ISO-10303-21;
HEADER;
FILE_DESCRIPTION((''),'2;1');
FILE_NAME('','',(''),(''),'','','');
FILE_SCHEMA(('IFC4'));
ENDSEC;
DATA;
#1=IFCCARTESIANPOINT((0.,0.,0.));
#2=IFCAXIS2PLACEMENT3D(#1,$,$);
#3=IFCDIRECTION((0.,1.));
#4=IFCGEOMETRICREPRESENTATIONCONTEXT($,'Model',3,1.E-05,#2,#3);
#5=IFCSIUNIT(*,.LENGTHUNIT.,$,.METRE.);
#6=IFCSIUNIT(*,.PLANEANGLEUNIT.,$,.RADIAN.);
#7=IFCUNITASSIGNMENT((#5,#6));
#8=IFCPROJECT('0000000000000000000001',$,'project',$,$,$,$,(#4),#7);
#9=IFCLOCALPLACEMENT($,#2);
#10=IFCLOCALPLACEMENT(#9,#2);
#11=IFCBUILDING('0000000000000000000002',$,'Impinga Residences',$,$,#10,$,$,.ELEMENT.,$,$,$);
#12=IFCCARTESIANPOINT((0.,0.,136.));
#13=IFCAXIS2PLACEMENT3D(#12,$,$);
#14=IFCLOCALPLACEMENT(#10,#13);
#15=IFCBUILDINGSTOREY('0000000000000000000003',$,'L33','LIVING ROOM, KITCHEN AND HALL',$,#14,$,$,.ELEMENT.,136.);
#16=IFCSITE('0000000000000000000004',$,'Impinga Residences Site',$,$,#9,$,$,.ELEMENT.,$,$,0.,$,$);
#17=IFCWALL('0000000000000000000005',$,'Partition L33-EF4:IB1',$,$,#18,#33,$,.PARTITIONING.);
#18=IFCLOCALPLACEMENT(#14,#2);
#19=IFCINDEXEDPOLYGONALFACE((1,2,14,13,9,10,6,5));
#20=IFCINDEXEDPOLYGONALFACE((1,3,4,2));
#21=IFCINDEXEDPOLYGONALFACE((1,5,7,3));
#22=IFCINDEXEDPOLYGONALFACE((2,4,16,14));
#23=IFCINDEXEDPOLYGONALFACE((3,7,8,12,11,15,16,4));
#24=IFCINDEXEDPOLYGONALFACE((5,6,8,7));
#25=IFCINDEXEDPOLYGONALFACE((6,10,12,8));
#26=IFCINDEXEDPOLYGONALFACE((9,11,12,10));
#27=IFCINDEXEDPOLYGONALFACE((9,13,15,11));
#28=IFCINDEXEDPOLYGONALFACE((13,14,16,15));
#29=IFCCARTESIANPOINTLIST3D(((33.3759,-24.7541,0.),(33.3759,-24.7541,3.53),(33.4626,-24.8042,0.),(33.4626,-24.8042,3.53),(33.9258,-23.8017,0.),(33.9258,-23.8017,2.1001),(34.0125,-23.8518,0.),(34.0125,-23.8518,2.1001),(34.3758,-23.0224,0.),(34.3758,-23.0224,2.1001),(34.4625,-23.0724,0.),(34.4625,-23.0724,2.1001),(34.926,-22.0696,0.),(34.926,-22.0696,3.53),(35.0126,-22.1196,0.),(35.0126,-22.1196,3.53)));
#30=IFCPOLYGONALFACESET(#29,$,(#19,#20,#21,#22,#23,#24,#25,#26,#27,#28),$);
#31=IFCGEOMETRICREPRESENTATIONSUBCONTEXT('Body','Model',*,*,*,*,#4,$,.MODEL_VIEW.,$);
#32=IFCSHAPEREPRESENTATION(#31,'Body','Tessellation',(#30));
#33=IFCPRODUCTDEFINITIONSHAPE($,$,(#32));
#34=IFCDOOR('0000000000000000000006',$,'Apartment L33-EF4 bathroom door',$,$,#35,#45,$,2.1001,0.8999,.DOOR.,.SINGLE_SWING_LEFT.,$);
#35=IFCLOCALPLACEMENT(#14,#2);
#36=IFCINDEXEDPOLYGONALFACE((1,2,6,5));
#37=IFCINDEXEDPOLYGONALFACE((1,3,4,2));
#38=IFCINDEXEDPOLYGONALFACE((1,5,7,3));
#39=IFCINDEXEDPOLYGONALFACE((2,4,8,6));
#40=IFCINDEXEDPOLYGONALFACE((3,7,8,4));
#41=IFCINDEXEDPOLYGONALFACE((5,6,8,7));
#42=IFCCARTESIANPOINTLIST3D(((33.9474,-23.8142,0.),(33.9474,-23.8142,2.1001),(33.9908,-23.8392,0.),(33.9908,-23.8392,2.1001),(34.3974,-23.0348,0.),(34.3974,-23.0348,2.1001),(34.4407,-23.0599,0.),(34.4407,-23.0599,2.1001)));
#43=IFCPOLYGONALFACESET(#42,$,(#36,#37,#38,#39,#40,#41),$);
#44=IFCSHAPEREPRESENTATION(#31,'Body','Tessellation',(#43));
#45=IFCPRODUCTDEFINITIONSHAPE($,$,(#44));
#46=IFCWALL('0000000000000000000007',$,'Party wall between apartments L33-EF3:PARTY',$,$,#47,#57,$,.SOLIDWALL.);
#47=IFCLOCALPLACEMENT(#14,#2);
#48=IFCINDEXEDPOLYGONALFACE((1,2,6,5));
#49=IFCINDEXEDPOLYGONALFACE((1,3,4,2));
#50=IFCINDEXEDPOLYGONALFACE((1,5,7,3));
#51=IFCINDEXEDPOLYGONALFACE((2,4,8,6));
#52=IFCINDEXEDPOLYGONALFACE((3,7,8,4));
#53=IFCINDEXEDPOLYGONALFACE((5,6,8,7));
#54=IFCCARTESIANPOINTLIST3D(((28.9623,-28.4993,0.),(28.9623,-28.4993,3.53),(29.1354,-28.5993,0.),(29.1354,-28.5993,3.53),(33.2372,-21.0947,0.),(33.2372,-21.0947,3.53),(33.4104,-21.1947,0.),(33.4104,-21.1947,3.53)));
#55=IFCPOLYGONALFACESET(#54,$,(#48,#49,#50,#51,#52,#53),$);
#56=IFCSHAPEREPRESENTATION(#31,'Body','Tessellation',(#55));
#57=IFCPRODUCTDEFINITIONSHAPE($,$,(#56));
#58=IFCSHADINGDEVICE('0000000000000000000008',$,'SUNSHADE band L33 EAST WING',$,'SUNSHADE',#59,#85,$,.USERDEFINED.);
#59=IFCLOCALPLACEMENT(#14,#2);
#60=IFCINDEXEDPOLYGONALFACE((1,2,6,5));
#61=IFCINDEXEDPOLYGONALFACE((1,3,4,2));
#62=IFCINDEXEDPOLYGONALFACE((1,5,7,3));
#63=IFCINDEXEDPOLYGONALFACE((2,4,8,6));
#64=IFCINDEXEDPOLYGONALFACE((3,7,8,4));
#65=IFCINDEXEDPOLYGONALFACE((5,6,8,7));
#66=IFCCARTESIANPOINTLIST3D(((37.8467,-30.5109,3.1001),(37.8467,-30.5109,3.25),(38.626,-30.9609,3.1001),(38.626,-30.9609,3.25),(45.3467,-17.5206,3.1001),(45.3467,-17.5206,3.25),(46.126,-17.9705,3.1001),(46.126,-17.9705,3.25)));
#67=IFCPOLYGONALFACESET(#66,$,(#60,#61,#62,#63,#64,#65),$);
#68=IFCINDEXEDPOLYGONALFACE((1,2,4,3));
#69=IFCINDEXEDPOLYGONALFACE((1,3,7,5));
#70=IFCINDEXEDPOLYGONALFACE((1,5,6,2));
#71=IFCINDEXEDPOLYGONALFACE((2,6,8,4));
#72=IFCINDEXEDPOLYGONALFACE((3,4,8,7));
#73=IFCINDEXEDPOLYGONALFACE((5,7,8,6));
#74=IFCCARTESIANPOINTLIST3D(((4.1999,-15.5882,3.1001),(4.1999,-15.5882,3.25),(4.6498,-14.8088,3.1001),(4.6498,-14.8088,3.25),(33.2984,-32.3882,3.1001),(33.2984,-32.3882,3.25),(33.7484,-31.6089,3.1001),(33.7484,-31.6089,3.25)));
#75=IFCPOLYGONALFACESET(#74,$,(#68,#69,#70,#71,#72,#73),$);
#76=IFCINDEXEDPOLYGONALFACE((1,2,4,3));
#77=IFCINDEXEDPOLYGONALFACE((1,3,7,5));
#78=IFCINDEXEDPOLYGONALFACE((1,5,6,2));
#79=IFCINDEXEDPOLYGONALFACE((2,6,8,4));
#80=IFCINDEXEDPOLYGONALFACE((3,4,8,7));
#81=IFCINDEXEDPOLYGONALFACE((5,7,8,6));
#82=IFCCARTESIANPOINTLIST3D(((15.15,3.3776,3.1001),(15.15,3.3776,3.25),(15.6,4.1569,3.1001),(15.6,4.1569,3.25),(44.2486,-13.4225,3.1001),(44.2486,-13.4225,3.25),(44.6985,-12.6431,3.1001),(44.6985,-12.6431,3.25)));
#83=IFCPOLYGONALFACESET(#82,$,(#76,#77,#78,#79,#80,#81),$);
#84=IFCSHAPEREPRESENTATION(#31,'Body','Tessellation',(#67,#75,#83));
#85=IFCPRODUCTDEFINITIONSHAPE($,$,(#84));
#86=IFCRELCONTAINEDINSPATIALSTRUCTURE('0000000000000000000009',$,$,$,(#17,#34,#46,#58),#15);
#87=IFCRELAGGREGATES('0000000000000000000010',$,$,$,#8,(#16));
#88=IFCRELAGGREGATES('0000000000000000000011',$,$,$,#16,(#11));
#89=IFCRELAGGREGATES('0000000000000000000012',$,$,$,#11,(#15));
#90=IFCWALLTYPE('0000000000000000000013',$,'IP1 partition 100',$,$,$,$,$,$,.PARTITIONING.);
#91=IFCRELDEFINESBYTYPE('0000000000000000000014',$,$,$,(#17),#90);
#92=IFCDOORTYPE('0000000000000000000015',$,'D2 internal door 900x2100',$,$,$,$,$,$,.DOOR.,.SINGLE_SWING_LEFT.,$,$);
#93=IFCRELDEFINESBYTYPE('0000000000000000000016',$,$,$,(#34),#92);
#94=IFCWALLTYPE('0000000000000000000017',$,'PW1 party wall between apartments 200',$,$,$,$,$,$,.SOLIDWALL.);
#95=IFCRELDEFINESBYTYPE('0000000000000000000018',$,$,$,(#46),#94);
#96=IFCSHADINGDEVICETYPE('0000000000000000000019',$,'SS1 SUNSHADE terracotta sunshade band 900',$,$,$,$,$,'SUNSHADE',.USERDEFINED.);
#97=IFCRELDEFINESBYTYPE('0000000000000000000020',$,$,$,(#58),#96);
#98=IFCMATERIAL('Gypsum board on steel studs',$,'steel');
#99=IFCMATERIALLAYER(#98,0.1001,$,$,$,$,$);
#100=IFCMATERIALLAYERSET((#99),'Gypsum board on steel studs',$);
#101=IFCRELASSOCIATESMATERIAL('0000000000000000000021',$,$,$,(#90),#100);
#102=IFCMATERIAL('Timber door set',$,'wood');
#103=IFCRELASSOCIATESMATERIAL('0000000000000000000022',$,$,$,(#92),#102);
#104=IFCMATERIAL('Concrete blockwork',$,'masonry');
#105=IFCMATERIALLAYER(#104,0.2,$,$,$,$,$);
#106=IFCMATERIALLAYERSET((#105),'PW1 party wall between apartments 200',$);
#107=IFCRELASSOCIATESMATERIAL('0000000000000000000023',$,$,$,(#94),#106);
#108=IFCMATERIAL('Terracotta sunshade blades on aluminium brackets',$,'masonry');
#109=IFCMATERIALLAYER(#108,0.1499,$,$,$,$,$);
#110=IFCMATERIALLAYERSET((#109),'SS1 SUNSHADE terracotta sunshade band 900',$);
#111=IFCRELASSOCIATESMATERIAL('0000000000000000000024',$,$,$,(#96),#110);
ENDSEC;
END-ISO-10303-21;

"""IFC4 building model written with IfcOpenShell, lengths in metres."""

from ifc_helpers import new_model, si_unit, direction, frame, frame_2d, origin, origin_2d, place, context, subcontext, project, spatial, rectangle, extrude, material, layer, layer_set, type_object, element, fill, save


model = new_model("IFC4")

# Units and contexts
model_context = context("Model", 3, precision=1e-05, world=origin(), true_north=direction((0.0, 1.0)))
body_context = subcontext(model_context, "Body", "Model", "MODEL_VIEW")
ifc_project = project(units=[si_unit("LENGTHUNIT", "METRE"), si_unit("PLANEANGLEUNIT", "RADIAN")], contexts=[model_context])

# Site, building, storey
site_placement = place(None, origin())
site = spatial("IfcSite", under=ifc_project, at=site_placement, Name="Impinga Residences Site", CompositionType="ELEMENT", RefElevation=0.0)
building_placement = place(site_placement, origin())
building = spatial("IfcBuilding", under=site, at=building_placement, Name="Impinga Residences", CompositionType="ELEMENT")
storey_placement = place(building_placement, frame((0.0, 0.0, 136.0)))
storey = spatial("IfcBuildingStorey", under=building, at=storey_placement, Name="L33", Description="LIVING ROOM, KITCHEN AND HALL", CompositionType="ELEMENT", Elevation=136.0)

# Shared definitions
ifc_material_1 = material(Name="Gypsum board on steel studs", Category="steel")
ifc_layer_1 = layer(ifc_material_1, 0.1001)
ifc_layer_set_1 = layer_set([ifc_layer_1], Name="Gypsum board on steel studs")
wall_type_1 = type_object("IfcWallType", Name="IP1 partition 100", PredefinedType="PARTITIONING", material=ifc_layer_set_1)

# Shared definitions
ifc_material_2 = material(Name="Timber door set", Category="wood")
door_type = type_object("IfcDoorType", Name="D2 internal door 900x2100", OperationType="SINGLE_SWING_LEFT", PredefinedType="DOOR", material=ifc_material_2)

# Wall, opening, door
wall_1_placement = place(storey_placement, frame((34.9692, -22.0947, 0.0), z_axis=(0.0, 0.0, 1.0), x_axis=(-0.500027, -0.86601, 0.0)))
wall_1 = element("IfcWall", 1, at=wall_1_placement, inside=storey, type_object=wall_type_1, Name="Partition L33-EF4:IB1", PredefinedType="PARTITIONING", context=body_context, shape_type="SweptSolid", body=[
    extrude(rectangle(XDim=3.0999, YDim=0.1001, at=frame_2d((1.5498, 0.0))), origin(), (0.0, 0.0, 1.0), 3.53),
])
opening_1_placement = place(wall_1_placement, frame((1.1001, 0.0, 0.0)))
opening_1 = element("IfcOpeningElement", 2, at=opening_1_placement, cuts=wall_1, PredefinedType="OPENING", context=body_context, shape_type="SweptSolid", body=[
    extrude(rectangle(XDim=0.8999, YDim=2.1001, at=frame_2d((0.45, 1.05))), frame((0.0, 0.0601, 0.0), z_axis=(0.0, -1.0, 0.0), x_axis=(1.0, 0.0, 0.0)), (0.0, 0.0, 1.0), 0.1201),
])
door_1_placement = place(opening_1_placement, origin())
door_1 = element("IfcDoor", 3, at=door_1_placement, inside=storey, type_object=door_type, Name="Apartment L33-EF4 bathroom door", OperationType="SINGLE_SWING_LEFT", OverallHeight=2.1001, OverallWidth=0.8999, PredefinedType="DOOR", context=body_context, shape_type="SweptSolid", body=[
    extrude(rectangle(XDim=0.8999, YDim=2.1001, at=frame_2d((0.45, 1.05))), frame((0.0, 0.0249, 0.0), z_axis=(0.0, -1.0, 0.0), x_axis=(1.0, 0.0, 0.0)), (0.0, 0.0, 1.0), 0.05),
])
fill(opening_1, door_1)

# Wall
ifc_material_3 = material(Name="Concrete blockwork", Category="masonry")
ifc_layer_2 = layer(ifc_material_3, 0.2)
ifc_layer_set_2 = layer_set([ifc_layer_2], Name="PW1 party wall between apartments 200")
wall_type_2 = type_object("IfcWallType", Name="PW1 party wall between apartments 200", PredefinedType="SOLIDWALL", material=ifc_layer_set_2)
wall_2_placement = place(storey_placement, frame((33.3237, -21.1448, 0.0), z_axis=(0.0, 0.0, 1.0), x_axis=(-0.49999, -0.866031, 0.0)))
element("IfcWall", 4, at=wall_2_placement, inside=storey, type_object=wall_type_2, Name="Party wall between apartments L33-EF3:PARTY", PredefinedType="SOLIDWALL", context=body_context, shape_type="SweptSolid", body=[
    extrude(rectangle(XDim=8.55, YDim=0.2, at=frame_2d((4.2749, 0.0))), origin(), (0.0, 0.0, 1.0), 3.53),
])

# Shading device
ifc_material_4 = material(Name="Terracotta sunshade blades on aluminium brackets", Category="masonry")
ifc_layer_3 = layer(ifc_material_4, 0.1499)
ifc_layer_set_3 = layer_set([ifc_layer_3], Name="SS1 SUNSHADE terracotta sunshade band 900")
shading_device_type = type_object("IfcShadingDeviceType", Name="SS1 SUNSHADE terracotta sunshade band 900", ElementType="SUNSHADE", PredefinedType="USERDEFINED", material=ifc_layer_set_3)
shading_device_placement = place(storey_placement, frame((41.9863, -24.2407, 3.1001), z_axis=(0.0, 0.0, 1.0), x_axis=(-0.5, -0.866025, 0.0)))
element("IfcShadingDevice", 5, at=shading_device_placement, inside=storey, type_object=shading_device_type, Name="SUNSHADE band L33 EAST WING", ObjectType="SUNSHADE", PredefinedType="USERDEFINED", context=body_context, shape_type="SweptSolid", body=[
    extrude(rectangle(XDim=15.0, YDim=0.8999, at=origin_2d()), origin(), (0.0, 0.0, 1.0), 0.1499),
    extrude(rectangle(XDim=33.6001, YDim=0.8999, at=origin_2d()), frame((10.95, -20.2502, 0.0), z_axis=(0.0, 0.0, 1.0), x_axis=(0.0, -1.0, 0.0)), (0.0, 0.0, 1.0), 0.1499),
    extrude(rectangle(XDim=33.6001, YDim=0.8999, at=origin_2d()), frame((-10.95, -20.25, 0.0), z_axis=(0.0, 0.0, 1.0), x_axis=(0.0, 1.0, 0.0)), (0.0, 0.0, 1.0), 0.1499),
])

save(model, "model.ifc")
